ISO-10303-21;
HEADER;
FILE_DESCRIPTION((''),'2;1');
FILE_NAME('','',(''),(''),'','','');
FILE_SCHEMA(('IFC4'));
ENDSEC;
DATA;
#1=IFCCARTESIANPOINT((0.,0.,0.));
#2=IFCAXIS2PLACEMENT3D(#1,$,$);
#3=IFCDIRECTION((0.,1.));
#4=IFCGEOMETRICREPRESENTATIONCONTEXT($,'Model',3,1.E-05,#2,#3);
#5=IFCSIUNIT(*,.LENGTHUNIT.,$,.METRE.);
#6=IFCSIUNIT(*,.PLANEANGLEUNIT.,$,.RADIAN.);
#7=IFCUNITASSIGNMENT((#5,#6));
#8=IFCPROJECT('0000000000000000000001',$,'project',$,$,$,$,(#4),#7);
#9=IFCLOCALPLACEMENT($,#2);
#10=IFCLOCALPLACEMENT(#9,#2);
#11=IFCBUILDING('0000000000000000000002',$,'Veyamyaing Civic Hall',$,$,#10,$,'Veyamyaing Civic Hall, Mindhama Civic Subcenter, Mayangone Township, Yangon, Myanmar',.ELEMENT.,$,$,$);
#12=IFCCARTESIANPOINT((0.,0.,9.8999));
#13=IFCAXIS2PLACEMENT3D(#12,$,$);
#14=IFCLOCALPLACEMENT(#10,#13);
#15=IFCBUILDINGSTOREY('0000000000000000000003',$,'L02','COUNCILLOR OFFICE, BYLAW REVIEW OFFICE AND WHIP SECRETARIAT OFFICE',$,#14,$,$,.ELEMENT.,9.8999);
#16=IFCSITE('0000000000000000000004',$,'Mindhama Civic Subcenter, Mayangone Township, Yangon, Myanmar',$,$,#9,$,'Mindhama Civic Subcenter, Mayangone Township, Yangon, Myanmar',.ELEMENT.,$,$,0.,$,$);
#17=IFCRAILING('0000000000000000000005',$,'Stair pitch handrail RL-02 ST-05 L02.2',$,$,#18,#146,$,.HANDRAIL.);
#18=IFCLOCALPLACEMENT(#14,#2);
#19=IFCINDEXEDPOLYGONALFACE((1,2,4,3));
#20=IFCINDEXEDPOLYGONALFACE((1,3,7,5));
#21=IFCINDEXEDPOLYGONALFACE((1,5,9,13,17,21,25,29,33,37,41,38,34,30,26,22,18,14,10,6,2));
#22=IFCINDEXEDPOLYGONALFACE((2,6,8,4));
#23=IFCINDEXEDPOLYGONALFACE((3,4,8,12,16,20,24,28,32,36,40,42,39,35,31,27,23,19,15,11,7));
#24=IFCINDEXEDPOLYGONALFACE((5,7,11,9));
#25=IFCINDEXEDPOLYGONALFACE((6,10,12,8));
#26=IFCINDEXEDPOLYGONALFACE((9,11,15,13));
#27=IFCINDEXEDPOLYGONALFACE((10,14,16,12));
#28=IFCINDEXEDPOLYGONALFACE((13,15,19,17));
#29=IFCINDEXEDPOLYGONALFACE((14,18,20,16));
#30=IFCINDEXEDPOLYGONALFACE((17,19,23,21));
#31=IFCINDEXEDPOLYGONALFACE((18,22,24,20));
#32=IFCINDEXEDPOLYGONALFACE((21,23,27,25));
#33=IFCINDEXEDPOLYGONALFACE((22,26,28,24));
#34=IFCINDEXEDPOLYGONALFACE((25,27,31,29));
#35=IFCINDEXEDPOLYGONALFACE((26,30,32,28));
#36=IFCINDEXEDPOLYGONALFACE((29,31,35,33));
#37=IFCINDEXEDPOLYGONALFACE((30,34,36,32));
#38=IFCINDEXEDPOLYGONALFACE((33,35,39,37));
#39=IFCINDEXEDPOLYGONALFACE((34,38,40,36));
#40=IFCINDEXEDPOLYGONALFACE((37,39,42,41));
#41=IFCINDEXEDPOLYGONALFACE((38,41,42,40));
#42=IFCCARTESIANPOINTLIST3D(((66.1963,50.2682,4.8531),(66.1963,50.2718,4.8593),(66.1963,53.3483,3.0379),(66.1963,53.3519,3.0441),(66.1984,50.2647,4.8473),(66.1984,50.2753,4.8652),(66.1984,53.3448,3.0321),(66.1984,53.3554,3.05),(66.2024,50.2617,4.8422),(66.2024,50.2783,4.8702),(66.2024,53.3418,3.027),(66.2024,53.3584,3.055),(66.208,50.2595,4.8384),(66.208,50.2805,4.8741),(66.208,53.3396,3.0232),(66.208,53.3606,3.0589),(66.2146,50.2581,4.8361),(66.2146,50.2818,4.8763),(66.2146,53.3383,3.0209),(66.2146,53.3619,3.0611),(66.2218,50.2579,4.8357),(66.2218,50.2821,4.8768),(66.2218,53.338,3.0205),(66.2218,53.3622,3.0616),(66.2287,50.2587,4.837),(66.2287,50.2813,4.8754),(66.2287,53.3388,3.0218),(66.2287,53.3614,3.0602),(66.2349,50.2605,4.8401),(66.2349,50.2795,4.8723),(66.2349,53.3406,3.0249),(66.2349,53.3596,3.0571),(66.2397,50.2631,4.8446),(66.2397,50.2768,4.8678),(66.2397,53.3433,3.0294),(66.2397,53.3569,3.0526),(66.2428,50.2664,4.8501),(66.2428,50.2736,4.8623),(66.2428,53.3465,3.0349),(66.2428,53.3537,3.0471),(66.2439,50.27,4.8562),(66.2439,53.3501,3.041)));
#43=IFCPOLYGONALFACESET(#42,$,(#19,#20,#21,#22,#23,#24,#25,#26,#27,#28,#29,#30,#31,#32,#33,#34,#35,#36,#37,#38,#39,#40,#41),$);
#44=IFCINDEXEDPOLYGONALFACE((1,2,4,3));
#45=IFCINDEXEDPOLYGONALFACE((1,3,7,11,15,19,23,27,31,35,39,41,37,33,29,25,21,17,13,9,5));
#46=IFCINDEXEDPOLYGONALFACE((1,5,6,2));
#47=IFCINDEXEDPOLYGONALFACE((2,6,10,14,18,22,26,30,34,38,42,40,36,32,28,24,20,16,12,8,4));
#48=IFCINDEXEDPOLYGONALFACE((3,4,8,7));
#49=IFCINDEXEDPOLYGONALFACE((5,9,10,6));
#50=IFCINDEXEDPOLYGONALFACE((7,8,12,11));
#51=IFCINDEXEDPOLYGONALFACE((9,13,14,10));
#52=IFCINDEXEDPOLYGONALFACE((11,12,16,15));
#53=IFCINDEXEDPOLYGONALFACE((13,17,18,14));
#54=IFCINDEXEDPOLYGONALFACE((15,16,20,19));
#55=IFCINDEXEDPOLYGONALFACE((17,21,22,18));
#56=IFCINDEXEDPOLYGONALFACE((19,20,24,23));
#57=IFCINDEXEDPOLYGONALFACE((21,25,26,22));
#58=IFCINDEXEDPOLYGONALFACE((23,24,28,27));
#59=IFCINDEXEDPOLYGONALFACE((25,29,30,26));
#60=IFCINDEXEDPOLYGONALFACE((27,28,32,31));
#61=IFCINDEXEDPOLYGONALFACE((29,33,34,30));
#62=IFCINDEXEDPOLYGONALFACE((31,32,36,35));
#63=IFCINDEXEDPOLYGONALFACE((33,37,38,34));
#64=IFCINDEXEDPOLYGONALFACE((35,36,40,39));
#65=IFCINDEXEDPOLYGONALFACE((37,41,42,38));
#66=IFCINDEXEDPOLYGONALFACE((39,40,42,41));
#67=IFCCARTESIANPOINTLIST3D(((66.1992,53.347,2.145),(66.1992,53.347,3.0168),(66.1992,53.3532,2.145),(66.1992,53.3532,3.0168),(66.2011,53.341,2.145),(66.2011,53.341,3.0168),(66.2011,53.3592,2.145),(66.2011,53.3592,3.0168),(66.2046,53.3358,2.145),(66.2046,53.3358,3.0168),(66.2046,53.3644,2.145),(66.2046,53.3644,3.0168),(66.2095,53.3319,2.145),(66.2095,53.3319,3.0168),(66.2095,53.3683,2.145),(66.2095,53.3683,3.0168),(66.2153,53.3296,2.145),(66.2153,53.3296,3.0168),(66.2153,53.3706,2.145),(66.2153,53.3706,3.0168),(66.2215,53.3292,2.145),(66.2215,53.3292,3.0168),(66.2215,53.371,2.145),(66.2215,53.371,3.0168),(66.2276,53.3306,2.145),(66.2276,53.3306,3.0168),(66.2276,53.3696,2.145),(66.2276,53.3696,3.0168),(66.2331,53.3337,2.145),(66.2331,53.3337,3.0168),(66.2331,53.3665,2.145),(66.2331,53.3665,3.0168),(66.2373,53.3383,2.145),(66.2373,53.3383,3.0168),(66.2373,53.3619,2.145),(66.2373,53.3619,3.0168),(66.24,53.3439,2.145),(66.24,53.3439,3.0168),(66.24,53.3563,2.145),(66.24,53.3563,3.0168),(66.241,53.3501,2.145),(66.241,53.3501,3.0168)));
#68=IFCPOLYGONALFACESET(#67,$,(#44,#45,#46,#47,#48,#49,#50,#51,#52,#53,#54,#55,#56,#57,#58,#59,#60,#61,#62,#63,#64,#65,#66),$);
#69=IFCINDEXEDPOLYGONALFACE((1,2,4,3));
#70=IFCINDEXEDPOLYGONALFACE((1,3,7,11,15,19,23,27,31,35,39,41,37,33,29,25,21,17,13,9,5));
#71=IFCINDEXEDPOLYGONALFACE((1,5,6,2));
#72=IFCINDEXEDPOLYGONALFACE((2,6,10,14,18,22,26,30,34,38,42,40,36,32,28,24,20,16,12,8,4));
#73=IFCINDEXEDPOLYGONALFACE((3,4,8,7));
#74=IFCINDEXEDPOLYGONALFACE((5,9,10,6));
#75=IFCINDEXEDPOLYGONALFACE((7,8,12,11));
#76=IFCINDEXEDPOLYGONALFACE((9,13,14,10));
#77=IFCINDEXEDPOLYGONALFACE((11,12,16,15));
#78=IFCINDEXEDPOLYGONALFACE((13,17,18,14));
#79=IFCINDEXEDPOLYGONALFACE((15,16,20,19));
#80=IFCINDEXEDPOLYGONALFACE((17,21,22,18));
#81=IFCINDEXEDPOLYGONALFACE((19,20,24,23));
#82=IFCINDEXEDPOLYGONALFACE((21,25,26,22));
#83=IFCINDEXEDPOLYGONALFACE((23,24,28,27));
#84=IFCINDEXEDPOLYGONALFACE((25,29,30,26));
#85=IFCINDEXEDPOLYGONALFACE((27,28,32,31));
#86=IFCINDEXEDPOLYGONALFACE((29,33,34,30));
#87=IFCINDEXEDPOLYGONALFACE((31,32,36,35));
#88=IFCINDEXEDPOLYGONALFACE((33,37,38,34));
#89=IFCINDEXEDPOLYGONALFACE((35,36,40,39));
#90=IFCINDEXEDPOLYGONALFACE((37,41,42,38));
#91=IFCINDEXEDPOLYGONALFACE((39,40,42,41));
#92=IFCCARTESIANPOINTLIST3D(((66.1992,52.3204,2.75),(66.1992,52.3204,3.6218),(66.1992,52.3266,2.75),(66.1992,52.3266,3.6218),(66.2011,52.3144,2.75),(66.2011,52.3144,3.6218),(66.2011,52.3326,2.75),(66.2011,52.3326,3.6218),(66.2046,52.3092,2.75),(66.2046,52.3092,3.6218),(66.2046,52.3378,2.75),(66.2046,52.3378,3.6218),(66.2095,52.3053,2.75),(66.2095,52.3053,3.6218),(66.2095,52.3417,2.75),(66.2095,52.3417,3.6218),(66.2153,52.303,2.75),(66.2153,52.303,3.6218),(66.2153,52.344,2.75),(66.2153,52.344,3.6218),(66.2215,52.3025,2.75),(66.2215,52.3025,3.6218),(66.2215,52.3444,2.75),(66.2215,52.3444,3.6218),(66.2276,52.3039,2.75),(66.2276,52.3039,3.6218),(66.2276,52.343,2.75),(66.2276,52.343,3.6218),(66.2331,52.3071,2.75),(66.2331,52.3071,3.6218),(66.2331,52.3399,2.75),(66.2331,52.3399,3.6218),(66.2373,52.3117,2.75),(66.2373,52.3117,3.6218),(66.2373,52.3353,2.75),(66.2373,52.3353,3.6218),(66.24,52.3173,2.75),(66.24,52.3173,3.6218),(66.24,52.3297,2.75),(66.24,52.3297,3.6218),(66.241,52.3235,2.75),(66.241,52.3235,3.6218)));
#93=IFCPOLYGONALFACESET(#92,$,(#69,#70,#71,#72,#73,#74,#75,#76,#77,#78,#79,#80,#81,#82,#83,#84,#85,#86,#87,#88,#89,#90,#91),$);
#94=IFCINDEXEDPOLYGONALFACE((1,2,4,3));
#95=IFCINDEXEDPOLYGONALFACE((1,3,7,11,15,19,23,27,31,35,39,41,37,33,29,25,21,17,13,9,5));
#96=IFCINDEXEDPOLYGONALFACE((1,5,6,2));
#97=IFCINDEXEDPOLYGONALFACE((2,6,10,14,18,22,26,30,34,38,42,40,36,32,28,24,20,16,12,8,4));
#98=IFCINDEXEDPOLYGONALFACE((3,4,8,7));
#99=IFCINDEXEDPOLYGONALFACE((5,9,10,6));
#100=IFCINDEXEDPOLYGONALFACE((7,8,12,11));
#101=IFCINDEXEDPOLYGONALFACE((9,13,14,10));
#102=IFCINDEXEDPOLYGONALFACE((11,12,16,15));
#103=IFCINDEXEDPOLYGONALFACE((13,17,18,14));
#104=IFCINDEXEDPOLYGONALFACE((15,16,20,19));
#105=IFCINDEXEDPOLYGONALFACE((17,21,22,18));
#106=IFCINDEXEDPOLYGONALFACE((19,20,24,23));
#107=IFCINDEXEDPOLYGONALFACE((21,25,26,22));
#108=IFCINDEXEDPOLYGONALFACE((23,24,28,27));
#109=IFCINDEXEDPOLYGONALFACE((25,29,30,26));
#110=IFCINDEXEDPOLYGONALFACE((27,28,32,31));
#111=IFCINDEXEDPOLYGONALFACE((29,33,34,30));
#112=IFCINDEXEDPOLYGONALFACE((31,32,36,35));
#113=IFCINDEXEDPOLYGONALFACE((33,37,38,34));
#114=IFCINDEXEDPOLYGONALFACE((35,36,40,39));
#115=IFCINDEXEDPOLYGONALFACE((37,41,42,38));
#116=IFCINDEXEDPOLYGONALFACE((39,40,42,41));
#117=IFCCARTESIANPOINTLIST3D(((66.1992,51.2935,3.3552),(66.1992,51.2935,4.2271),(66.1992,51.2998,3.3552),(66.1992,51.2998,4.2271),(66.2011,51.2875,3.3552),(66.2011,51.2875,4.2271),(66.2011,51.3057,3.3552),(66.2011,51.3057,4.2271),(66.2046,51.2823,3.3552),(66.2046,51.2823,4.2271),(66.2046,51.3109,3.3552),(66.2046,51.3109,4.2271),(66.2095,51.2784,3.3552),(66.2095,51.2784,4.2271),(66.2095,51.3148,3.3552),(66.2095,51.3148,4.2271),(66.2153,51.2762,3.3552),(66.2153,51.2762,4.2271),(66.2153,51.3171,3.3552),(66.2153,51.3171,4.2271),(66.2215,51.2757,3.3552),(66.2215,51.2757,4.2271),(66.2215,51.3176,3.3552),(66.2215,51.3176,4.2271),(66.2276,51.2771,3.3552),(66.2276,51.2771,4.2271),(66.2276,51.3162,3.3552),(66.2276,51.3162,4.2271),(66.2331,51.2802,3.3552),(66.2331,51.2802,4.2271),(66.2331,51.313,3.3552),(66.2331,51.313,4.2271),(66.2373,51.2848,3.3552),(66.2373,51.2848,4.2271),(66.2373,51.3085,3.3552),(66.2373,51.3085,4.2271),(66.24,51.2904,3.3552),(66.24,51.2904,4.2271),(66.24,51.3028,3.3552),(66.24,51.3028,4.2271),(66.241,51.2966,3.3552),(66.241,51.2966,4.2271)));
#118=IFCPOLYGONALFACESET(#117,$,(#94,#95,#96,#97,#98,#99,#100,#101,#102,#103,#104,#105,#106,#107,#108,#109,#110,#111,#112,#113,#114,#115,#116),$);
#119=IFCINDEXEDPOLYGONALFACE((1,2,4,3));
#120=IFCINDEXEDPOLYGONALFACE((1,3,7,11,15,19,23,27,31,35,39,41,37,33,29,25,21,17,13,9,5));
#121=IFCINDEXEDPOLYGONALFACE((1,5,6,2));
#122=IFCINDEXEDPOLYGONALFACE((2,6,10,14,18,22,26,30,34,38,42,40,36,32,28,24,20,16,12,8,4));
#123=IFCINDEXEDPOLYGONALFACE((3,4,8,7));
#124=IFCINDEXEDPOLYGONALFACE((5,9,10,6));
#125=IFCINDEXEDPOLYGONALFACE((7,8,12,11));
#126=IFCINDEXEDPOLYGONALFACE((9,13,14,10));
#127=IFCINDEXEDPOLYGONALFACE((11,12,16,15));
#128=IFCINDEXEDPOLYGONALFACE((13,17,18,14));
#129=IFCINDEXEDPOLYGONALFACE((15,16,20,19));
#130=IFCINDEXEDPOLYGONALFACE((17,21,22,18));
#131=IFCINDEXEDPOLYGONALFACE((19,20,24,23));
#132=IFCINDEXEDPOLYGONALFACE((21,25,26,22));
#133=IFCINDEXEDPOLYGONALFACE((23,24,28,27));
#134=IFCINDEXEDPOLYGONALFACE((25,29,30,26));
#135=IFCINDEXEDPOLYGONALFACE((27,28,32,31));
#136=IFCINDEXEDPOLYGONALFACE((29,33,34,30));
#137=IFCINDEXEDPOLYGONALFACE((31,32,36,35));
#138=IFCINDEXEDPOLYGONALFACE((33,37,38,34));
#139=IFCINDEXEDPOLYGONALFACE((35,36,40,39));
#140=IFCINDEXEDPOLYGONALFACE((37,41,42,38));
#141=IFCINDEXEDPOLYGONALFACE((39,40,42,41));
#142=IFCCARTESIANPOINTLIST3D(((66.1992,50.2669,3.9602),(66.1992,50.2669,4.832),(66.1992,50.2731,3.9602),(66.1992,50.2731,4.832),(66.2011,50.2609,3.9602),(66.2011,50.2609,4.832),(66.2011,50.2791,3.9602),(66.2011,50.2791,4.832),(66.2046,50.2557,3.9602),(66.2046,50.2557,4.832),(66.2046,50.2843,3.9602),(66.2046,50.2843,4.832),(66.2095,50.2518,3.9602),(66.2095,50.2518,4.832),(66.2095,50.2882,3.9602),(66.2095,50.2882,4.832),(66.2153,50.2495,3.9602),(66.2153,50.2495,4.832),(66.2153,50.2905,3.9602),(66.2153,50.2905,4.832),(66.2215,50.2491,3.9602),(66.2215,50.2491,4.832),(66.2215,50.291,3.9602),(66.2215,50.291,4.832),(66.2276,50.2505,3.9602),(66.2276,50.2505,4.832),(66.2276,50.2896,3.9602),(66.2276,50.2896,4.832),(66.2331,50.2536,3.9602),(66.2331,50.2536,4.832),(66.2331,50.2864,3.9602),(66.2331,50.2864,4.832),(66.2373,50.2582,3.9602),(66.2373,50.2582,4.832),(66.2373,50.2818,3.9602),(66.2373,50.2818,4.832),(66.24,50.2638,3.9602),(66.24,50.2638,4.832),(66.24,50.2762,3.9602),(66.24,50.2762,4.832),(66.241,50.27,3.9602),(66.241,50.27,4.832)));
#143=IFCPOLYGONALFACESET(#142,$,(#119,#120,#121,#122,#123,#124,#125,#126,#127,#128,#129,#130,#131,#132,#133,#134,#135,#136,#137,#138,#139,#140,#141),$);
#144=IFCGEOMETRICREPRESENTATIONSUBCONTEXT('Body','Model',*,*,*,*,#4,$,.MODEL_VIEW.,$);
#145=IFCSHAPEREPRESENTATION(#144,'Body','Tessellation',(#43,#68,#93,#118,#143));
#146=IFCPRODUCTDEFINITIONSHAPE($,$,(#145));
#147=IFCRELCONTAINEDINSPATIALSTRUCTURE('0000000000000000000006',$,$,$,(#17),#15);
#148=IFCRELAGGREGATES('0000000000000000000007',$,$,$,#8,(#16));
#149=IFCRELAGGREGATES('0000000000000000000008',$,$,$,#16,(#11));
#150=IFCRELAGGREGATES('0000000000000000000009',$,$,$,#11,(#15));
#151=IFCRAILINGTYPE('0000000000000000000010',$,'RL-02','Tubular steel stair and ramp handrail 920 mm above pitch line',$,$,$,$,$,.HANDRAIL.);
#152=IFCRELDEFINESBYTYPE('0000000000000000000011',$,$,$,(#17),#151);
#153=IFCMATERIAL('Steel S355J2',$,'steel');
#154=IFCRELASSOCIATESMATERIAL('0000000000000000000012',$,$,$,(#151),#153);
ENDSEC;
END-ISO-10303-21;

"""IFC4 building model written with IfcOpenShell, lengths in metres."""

from ifc_helpers import new_model, si_unit, direction, frame, origin, origin_2d, place, context, subcontext, project, spatial, circle, extrude, material, type_object, element, save


model = new_model("IFC4")

# Units and contexts
model_context = context("Model", 3, precision=1e-05, world=origin(), true_north=direction((0.0, 1.0)))
body_context = subcontext(model_context, "Body", "Model", "MODEL_VIEW")
ifc_project = project(units=[si_unit("LENGTHUNIT", "METRE"), si_unit("PLANEANGLEUNIT", "RADIAN")], contexts=[model_context])

# Site, building, storey
site_placement = place(None, origin())
site = spatial("IfcSite", under=ifc_project, at=site_placement, Name="Mindhama Civic Subcenter, Mayangone Township, Yangon, Myanmar", LongName="Mindhama Civic Subcenter, Mayangone Township, Yangon, Myanmar", CompositionType="ELEMENT", RefElevation=0.0)
building_placement = place(site_placement, origin())
building = spatial("IfcBuilding", under=site, at=building_placement, Name="Veyamyaing Civic Hall", LongName="Veyamyaing Civic Hall, Mindhama Civic Subcenter, Mayangone Township, Yangon, Myanmar", CompositionType="ELEMENT")
storey_placement = place(building_placement, frame((0.0, 0.0, 9.8999)))
storey = spatial("IfcBuildingStorey", under=building, at=storey_placement, Name="L02", Description="COUNCILLOR OFFICE, BYLAW REVIEW OFFICE AND WHIP SECRETARIAT OFFICE", CompositionType="ELEMENT", Elevation=9.8999)

# Railing
ifc_material_1 = material(Name="Steel S355J2", Category="steel")
railing_type_1 = type_object("IfcRailingType", Name="RL-02", Description="Tubular steel stair and ramp handrail 920 mm above pitch line", PredefinedType="HANDRAIL", material=ifc_material_1)
railing_1_placement = place(storey_placement, frame((66.22, 53.3501, 2.145)))
element("IfcRailing", 1, at=railing_1_placement, inside=storey, type_object=railing_type_1, Name="Stair pitch handrail RL-02 ST-05 L02.2", PredefinedType="HANDRAIL", context=body_context, shape_type="SweptSolid", body=[
    extrude(circle(Radius=0.0239, at=origin_2d()), frame((0.0, 0.0, 0.896), z_axis=(0.0, -0.861521, 0.507721), x_axis=(1.0, 0.0, 0.0)), (0.0, 0.0, 1.0), 3.5752),
    extrude(circle(Radius=0.021, at=origin_2d()), origin(), (0.0, 0.0, 1.0), 0.8718),
    extrude(circle(Radius=0.021, at=origin_2d()), frame((0.0, -1.0266, 0.605)), (0.0, 0.0, 1.0), 0.8718),
    extrude(circle(Radius=0.021, at=origin_2d()), frame((0.0, -2.0535, 1.2102)), (0.0, 0.0, 1.0), 0.8718),
    extrude(circle(Radius=0.021, at=origin_2d()), frame((0.0, -3.0801, 1.8152)), (0.0, 0.0, 1.0), 0.8718),
])

save(model, "model.ifc")
